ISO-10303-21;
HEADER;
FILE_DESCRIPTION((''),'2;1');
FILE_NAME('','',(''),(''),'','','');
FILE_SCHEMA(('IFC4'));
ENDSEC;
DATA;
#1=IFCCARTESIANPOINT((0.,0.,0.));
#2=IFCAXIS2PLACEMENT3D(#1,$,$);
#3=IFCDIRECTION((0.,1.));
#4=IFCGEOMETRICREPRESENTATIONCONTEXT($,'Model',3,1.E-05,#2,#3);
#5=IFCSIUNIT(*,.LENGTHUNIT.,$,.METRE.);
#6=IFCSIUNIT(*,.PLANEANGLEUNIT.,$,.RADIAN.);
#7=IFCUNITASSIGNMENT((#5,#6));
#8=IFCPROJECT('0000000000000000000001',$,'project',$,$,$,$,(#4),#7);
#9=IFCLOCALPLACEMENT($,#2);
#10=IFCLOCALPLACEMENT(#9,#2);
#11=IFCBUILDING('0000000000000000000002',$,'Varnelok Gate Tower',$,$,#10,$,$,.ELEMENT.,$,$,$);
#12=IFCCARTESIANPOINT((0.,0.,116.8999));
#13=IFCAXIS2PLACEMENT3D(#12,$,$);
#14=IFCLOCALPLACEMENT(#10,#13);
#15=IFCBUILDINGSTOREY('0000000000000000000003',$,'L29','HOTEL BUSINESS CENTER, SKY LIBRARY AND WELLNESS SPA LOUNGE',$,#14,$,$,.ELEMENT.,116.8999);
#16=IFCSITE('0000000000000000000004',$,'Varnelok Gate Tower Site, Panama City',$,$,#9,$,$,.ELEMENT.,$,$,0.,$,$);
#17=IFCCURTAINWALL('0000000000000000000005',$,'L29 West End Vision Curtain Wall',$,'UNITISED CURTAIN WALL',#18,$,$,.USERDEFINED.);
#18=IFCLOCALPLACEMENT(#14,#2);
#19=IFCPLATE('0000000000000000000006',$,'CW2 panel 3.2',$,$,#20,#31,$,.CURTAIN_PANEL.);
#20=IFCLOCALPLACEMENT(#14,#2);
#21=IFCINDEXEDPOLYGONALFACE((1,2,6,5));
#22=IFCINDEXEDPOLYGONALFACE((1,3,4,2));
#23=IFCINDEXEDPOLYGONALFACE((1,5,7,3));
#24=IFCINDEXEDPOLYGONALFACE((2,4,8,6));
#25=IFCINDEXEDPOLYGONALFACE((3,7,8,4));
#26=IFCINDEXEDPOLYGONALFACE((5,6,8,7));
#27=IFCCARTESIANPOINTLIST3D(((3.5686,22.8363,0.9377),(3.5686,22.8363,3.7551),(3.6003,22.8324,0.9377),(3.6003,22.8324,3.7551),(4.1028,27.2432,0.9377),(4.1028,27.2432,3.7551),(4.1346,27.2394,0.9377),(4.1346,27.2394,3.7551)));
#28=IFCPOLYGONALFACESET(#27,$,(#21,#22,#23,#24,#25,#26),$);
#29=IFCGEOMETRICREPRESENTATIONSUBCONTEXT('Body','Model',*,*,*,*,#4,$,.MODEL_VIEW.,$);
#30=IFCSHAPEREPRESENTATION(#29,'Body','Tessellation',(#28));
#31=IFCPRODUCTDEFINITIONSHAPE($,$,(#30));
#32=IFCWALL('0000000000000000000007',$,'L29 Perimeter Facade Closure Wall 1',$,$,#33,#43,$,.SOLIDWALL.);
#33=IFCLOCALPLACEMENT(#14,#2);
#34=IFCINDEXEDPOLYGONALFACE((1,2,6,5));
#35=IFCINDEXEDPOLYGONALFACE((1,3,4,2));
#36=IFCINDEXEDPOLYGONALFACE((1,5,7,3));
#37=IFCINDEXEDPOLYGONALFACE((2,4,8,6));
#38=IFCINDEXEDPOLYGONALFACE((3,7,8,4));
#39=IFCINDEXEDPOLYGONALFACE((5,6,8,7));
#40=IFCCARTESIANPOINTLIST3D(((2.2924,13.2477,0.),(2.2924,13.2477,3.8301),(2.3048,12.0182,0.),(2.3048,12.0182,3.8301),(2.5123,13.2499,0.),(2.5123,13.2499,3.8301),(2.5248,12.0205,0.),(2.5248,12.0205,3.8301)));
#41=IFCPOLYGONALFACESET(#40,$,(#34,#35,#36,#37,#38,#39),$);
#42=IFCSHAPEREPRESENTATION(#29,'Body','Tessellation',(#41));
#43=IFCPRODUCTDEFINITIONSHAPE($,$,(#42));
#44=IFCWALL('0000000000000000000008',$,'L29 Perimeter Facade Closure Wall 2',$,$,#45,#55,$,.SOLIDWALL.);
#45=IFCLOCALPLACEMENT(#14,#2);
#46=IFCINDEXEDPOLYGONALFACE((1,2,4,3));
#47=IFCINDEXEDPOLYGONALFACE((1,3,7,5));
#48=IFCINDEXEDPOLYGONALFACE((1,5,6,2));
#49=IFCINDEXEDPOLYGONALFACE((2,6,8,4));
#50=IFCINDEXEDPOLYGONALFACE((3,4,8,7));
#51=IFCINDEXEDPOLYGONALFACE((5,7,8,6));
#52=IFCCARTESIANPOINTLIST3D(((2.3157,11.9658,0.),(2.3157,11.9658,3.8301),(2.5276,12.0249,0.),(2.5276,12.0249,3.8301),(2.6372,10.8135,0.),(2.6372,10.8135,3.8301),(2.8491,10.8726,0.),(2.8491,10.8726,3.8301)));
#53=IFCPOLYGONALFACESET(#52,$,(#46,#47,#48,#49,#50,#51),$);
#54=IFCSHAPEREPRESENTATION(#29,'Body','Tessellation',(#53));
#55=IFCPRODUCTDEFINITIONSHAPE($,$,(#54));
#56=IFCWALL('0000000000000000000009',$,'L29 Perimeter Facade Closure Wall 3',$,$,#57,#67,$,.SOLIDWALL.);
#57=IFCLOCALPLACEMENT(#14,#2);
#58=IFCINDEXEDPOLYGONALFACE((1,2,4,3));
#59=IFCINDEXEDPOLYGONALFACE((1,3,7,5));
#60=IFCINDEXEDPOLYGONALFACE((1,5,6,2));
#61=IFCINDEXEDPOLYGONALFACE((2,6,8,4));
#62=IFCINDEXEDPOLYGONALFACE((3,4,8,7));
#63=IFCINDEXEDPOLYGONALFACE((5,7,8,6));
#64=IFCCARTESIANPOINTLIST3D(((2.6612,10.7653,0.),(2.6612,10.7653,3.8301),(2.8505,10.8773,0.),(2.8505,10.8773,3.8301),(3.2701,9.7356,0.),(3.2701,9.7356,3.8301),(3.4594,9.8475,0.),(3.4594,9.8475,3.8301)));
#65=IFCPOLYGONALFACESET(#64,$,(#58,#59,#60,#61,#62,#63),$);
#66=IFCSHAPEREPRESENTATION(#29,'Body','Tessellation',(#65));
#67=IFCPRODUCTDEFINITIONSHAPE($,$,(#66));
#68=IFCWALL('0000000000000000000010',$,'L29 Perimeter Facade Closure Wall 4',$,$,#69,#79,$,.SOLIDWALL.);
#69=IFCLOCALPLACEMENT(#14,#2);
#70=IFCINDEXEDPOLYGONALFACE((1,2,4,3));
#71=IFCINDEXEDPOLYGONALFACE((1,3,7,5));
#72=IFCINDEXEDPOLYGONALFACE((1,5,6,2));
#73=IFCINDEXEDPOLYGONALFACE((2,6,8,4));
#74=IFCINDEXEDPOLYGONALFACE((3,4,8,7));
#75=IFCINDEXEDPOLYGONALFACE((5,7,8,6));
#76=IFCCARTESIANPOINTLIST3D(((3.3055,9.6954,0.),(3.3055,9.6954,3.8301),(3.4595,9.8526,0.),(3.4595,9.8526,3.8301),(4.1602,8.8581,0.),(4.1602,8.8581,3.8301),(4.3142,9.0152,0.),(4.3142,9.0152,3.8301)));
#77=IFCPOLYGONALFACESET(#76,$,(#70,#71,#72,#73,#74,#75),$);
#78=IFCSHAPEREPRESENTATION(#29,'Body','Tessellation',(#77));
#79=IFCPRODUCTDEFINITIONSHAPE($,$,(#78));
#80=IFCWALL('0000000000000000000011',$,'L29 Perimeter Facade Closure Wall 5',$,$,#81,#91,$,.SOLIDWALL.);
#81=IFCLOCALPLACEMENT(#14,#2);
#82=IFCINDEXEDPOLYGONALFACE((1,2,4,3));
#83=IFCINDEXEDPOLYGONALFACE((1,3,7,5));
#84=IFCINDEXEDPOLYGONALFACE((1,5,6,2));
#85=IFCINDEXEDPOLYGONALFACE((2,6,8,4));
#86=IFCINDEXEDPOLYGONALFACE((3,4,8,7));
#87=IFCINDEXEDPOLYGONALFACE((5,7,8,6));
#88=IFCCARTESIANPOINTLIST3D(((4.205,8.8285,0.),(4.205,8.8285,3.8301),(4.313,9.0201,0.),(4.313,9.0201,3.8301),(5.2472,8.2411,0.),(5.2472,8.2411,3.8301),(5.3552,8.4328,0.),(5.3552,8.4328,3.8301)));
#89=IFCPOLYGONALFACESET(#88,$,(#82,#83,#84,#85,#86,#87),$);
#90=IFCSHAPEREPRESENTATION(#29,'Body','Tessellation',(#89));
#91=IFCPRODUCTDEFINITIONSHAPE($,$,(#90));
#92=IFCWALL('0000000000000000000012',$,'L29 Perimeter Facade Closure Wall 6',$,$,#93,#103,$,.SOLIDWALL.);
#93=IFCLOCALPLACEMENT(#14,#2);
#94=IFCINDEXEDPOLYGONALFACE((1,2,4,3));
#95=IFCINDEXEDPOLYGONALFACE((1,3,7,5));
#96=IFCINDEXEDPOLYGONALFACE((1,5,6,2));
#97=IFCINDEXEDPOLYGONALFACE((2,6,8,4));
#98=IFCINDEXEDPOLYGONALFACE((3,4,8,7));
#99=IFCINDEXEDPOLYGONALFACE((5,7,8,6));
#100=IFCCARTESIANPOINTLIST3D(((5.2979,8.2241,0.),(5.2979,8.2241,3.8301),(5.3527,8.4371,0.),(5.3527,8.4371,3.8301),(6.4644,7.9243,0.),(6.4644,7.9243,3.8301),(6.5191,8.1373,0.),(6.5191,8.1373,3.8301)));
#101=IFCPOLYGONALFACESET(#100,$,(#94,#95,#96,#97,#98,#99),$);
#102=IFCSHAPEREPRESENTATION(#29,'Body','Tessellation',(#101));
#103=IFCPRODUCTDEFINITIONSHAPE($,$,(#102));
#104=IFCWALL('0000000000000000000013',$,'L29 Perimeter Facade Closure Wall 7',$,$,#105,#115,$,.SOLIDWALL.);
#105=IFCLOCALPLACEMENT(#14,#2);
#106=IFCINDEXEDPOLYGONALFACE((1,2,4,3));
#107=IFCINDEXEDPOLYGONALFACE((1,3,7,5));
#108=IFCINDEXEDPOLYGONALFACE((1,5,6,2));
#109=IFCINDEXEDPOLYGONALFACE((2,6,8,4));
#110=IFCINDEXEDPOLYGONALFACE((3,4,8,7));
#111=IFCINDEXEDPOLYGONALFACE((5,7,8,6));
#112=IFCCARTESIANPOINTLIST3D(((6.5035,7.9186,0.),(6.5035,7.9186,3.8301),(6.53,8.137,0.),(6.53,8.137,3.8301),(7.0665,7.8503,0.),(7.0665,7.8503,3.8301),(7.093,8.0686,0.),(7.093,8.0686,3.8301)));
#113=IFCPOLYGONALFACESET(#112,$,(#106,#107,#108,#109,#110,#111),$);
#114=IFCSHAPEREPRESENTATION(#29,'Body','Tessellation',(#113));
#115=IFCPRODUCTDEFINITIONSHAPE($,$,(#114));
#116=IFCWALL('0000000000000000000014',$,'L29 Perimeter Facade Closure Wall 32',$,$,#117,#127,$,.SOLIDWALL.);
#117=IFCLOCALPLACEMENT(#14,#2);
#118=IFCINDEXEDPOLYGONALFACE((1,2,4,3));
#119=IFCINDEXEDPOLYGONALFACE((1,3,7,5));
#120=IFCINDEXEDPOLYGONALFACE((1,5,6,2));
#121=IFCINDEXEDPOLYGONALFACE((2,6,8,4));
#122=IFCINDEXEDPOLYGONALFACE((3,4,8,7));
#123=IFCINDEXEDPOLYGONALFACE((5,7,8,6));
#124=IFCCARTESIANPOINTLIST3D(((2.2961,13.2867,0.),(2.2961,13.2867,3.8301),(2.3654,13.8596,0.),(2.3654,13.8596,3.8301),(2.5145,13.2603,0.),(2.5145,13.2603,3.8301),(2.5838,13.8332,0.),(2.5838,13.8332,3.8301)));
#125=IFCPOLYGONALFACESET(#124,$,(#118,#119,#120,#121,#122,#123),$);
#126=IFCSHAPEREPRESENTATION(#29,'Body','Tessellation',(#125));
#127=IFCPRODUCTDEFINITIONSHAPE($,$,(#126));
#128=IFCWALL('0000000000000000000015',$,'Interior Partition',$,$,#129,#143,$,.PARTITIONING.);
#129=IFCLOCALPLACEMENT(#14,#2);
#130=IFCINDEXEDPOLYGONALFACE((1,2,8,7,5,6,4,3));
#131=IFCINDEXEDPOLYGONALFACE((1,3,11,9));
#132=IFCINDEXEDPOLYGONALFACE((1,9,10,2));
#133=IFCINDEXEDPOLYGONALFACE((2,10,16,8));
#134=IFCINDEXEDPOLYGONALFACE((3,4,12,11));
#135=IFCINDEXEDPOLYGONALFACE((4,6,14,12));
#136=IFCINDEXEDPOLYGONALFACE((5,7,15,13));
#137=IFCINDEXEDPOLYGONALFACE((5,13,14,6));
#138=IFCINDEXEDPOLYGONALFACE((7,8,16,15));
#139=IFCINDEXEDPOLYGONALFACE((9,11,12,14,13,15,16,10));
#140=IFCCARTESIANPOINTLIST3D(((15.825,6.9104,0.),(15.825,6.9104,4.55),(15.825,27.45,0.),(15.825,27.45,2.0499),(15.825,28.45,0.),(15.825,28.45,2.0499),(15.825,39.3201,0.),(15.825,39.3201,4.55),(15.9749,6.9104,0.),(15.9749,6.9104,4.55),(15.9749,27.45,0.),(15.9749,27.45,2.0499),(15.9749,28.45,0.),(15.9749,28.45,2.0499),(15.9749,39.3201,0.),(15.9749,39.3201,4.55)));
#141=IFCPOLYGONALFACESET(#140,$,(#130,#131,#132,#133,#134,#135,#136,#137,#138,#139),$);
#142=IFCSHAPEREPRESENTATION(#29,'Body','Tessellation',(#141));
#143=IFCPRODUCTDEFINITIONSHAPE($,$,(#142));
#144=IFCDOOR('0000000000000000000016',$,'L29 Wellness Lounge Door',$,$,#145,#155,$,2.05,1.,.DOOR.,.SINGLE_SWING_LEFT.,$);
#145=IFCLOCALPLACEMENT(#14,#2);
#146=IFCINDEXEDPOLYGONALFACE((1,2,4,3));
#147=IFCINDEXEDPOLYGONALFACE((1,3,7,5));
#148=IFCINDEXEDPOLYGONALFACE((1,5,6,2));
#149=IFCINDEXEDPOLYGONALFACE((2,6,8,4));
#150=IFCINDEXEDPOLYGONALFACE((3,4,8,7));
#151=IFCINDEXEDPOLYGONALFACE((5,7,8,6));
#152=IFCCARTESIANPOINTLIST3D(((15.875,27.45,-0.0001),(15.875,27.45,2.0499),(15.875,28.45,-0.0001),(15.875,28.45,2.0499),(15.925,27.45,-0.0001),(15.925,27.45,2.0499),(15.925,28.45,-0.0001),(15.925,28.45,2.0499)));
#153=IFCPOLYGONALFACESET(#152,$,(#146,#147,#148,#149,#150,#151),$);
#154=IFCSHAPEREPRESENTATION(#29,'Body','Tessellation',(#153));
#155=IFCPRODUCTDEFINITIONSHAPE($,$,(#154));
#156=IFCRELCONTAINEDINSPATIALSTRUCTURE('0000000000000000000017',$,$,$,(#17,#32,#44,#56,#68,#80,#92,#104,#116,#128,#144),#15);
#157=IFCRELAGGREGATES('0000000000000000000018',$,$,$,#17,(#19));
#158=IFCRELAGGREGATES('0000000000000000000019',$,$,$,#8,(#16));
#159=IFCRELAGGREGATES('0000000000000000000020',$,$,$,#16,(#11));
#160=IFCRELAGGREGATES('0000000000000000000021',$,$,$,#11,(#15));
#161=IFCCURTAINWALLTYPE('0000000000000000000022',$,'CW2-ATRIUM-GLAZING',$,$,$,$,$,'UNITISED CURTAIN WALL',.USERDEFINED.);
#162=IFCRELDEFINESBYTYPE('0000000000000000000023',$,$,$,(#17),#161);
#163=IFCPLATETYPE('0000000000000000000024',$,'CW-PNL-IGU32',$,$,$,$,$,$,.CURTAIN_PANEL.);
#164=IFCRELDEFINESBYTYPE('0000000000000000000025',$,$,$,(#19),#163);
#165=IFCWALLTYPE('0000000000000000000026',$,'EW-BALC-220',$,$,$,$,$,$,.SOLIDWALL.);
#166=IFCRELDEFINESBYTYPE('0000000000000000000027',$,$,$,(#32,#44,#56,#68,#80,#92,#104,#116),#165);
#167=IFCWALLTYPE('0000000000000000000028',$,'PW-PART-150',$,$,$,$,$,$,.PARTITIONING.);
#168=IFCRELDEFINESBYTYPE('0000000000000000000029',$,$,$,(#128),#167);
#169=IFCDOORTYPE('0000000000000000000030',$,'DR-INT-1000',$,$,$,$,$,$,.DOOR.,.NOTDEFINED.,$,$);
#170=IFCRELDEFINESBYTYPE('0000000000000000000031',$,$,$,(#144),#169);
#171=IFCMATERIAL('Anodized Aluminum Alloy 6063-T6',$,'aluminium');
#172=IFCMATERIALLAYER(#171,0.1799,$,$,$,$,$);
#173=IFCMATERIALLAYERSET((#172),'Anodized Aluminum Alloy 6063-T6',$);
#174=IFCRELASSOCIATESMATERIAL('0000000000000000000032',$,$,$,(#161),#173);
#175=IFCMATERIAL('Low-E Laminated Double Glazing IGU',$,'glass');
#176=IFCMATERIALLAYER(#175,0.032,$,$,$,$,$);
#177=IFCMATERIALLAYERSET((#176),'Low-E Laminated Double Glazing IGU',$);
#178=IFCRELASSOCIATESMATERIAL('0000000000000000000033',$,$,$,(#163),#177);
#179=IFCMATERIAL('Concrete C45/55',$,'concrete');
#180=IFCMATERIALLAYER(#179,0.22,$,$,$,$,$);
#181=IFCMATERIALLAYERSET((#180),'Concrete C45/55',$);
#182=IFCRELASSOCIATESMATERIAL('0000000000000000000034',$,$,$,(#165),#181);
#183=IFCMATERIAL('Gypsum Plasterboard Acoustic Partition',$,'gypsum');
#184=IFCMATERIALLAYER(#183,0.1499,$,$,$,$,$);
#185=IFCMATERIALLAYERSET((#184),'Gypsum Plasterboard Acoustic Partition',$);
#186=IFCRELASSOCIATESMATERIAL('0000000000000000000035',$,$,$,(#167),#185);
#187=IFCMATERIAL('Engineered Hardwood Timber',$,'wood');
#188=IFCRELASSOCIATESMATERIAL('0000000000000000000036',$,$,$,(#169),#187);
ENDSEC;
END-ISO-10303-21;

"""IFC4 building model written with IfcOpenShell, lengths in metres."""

from ifc_helpers import new_model, si_unit, direction, frame, frame_2d, origin, origin_2d, place, context, subcontext, project, spatial, rectangle, extrude, source, transform, mapped, material, layer, layer_set, type_object, element, fill, aggregate, save


model = new_model("IFC4")

# Units and contexts
model_context = context("Model", 3, precision=1e-05, world=origin(), true_north=direction((0.0, 1.0)))
body_context = subcontext(model_context, "Body", "Model", "MODEL_VIEW")
ifc_project = project(units=[si_unit("LENGTHUNIT", "METRE"), si_unit("PLANEANGLEUNIT", "RADIAN")], contexts=[model_context])

# Site, building, storey
site_placement = place(None, origin())
site = spatial("IfcSite", under=ifc_project, at=site_placement, Name="Varnelok Gate Tower Site, Panama City", CompositionType="ELEMENT", RefElevation=0.0)
building_placement = place(site_placement, origin())
building = spatial("IfcBuilding", under=site, at=building_placement, Name="Varnelok Gate Tower", CompositionType="ELEMENT")
storey_placement = place(building_placement, frame((0.0, 0.0, 116.8999)))
storey = spatial("IfcBuildingStorey", under=building, at=storey_placement, Name="L29", Description="HOTEL BUSINESS CENTER, SKY LIBRARY AND WELLNESS SPA LOUNGE", CompositionType="ELEMENT", Elevation=116.8999)

# Curtain wall
ifc_material_1 = material(Name="Anodized Aluminum Alloy 6063-T6", Category="aluminium")
ifc_layer_1 = layer(ifc_material_1, 0.1799)
ifc_layer_set_1 = layer_set([ifc_layer_1], Name="Anodized Aluminum Alloy 6063-T6")
curtain_wall_type = type_object("IfcCurtainWallType", Name="CW2-ATRIUM-GLAZING", ElementType="UNITISED CURTAIN WALL", PredefinedType="USERDEFINED", material=ifc_layer_set_1)
curtain_wall_placement = place(storey_placement, origin())
curtain_wall = element("IfcCurtainWall", 1, at=curtain_wall_placement, inside=storey, type_object=curtain_wall_type, Name="L29 West End Vision Curtain Wall", ObjectType="UNITISED CURTAIN WALL", PredefinedType="USERDEFINED")

# Shared definitions
ifc_material_2 = material(Name="Concrete C45/55", Category="concrete")

# Plate
ifc_material_3 = material(Name="Low-E Laminated Double Glazing IGU", Category="glass")
ifc_layer_2 = layer(ifc_material_3, 0.032)
ifc_layer_set_2 = layer_set([ifc_layer_2], Name="Low-E Laminated Double Glazing IGU")
plate_type = type_object("IfcPlateType", Name="CW-PNL-IGU32", PredefinedType="CURTAIN_PANEL", material=ifc_layer_set_2)
shared_shape_1 = source(origin(), body_context, "Body", "SweptSolid", [
    extrude(rectangle(XDim=4.4392, YDim=0.032, at=origin_2d()), origin(), (0.0, 0.0, 1.0), 2.8174),
])
plate_1_placement = place(storey_placement, frame((3.8516, 25.0378, 0.9377), z_axis=(0.0, 0.0, 1.0), x_axis=(0.120345, 0.992732, 0.0)))
plate_1 = element("IfcPlate", 2, at=plate_1_placement, type_object=plate_type, Name="CW2 panel 3.2", PredefinedType="CURTAIN_PANEL", context=body_context, shape_type="MappedRepresentation", body=[
    mapped(shared_shape_1, transform((0.0, 0.0, 0.0), scale=1.0)),
])
aggregate(curtain_wall, [plate_1])

# Walls
ifc_layer_3 = layer(ifc_material_2, 0.22)
ifc_layer_set_3 = layer_set([ifc_layer_3], Name="Concrete C45/55")
wall_type_1 = type_object("IfcWallType", Name="EW-BALC-220", PredefinedType="SOLIDWALL", material=ifc_layer_set_3)
wall_1_placement = place(storey_placement, frame((2.4023, 13.2488, 0.0), z_axis=(0.0, 0.0, 1.0), x_axis=(0.010127, -0.999949, 0.0)))
element("IfcWall", 3, at=wall_1_placement, inside=storey, type_object=wall_type_1, Name="L29 Perimeter Facade Closure Wall 1", PredefinedType="SOLIDWALL", context=body_context, shape_type="SweptSolid", body=[
    extrude(rectangle(XDim=1.2295, YDim=0.22, at=frame_2d((0.6147, 0.0))), origin(), (0.0, 0.0, 1.0), 3.8301),
])
for number, where, z_axis, x_axis, name in (
    (4, (2.4216, 11.9954, 0.0), (0.0, 0.0, 1.0), (0.268759, -0.963207, 0.0), "L29 Perimeter Facade Closure Wall 2"),
    (5, (2.7559, 10.8213, 0.0), (0.0, 0.0, 1.0), (0.508963, -0.860788, 0.0), "L29 Perimeter Facade Closure Wall 3"),
):
    element("IfcWall", number, at=place(storey_placement, frame(where, z_axis=z_axis, x_axis=x_axis)), inside=storey, type_object=wall_type_1, Name=name, PredefinedType="SOLIDWALL", context=body_context, shape_type="SweptSolid", body=[
        extrude(rectangle(XDim=1.1963, YDim=0.22, at=frame_2d((0.5981, 0.0))), origin(), (0.0, 0.0, 1.0), 3.8301),
    ])
wall_2_placement = place(storey_placement, frame((3.3826, 9.7739, 0.0), z_axis=(0.0, 0.0, 1.0), x_axis=(0.714313, -0.699827, 0.0)))
element("IfcWall", 6, at=wall_2_placement, inside=storey, type_object=wall_type_1, Name="L29 Perimeter Facade Closure Wall 4", PredefinedType="SOLIDWALL", context=body_context, shape_type="SweptSolid", body=[
    extrude(rectangle(XDim=1.1965, YDim=0.22, at=frame_2d((0.5981, 0.0))), origin(), (0.0, 0.0, 1.0), 3.8301),
])
wall_3_placement = place(storey_placement, frame((4.259, 8.9243, 0.0), z_axis=(0.0, 0.0, 1.0), x_axis=(0.871166, -0.490988, 0.0)))
element("IfcWall", 7, at=wall_3_placement, inside=storey, type_object=wall_type_1, Name="L29 Perimeter Facade Closure Wall 5", PredefinedType="SOLIDWALL", context=body_context, shape_type="SweptSolid", body=[
    extrude(rectangle(XDim=1.1963, YDim=0.22, at=frame_2d((0.5981, 0.0))), origin(), (0.0, 0.0, 1.0), 3.8301),
])
wall_4_placement = place(storey_placement, frame((5.3254, 8.3306, 0.0), z_axis=(0.0, 0.0, 1.0), x_axis=(0.968524, -0.248922, 0.0)))
element("IfcWall", 8, at=wall_4_placement, inside=storey, type_object=wall_type_1, Name="L29 Perimeter Facade Closure Wall 6", PredefinedType="SOLIDWALL", context=body_context, shape_type="SweptSolid", body=[
    extrude(rectangle(XDim=1.2043, YDim=0.22, at=frame_2d((0.6021, 0.0))), origin(), (0.0, 0.0, 1.0), 3.8301),
])
wall_5_placement = place(storey_placement, frame((6.5166, 8.0278, 0.0), z_axis=(0.0, 0.0, 1.0), x_axis=(0.992709, -0.120537, 0.0)))
element("IfcWall", 9, at=wall_5_placement, inside=storey, type_object=wall_type_1, Name="L29 Perimeter Facade Closure Wall 7", PredefinedType="SOLIDWALL", context=body_context, shape_type="SweptSolid", body=[
    extrude(rectangle(XDim=0.5671, YDim=0.22, at=frame_2d((0.2837, 0.0))), origin(), (0.0, 0.0, 1.0), 3.8301),
])
wall_6_placement = place(storey_placement, frame((2.4746, 13.8464, 0.0), z_axis=(0.0, 0.0, 1.0), x_axis=(-0.120129, -0.992758, 0.0)))
element("IfcWall", 10, at=wall_6_placement, inside=storey, type_object=wall_type_1, Name="L29 Perimeter Facade Closure Wall 32", PredefinedType="SOLIDWALL", context=body_context, shape_type="SweptSolid", body=[
    extrude(rectangle(XDim=0.5771, YDim=0.22, at=frame_2d((0.2886, 0.0))), origin(), (0.0, 0.0, 1.0), 3.8301),
])

# Wall, opening, door
ifc_material_4 = material(Name="Gypsum Plasterboard Acoustic Partition", Category="gypsum")
ifc_layer_4 = layer(ifc_material_4, 0.1499)
ifc_layer_set_4 = layer_set([ifc_layer_4], Name="Gypsum Plasterboard Acoustic Partition")
wall_type_2 = type_object("IfcWallType", Name="PW-PART-150", PredefinedType="PARTITIONING", material=ifc_layer_set_4)
wall_7_placement = place(storey_placement, frame((15.8999, 6.9104, 0.0), z_axis=(0.0, 0.0, 1.0), x_axis=(0.0, 1.0, 0.0)))
wall_7 = element("IfcWall", 11, at=wall_7_placement, inside=storey, type_object=wall_type_2, Name="Interior Partition", PredefinedType="PARTITIONING", context=body_context, shape_type="SweptSolid", body=[
    extrude(rectangle(XDim=32.4097, YDim=0.1499, at=frame_2d((16.2048, 0.0))), origin(), (0.0, 0.0, 1.0), 4.55),
])
opening_placement = place(wall_7_placement, frame((20.5396, 0.0, 0.0)))
opening = element("IfcOpeningElement", 12, at=opening_placement, cuts=wall_7, PredefinedType="OPENING", context=body_context, shape_type="SweptSolid", body=[
    extrude(rectangle(XDim=1.0, YDim=2.05, at=frame_2d((0.5, 1.0249))), frame((0.0, 0.085, 0.0), z_axis=(0.0, -1.0, 0.0), x_axis=(1.0, 0.0, 0.0)), (0.0, 0.0, 1.0), 0.1699),
])
ifc_material_5 = material(Name="Engineered Hardwood Timber", Category="wood")
door_type = type_object("IfcDoorType", Name="DR-INT-1000", OperationType="NOTDEFINED", PredefinedType="DOOR", material=ifc_material_5)
door_placement = place(opening_placement, origin())
door = element("IfcDoor", 13, at=door_placement, inside=storey, type_object=door_type, Name="L29 Wellness Lounge Door", OperationType="SINGLE_SWING_LEFT", OverallHeight=2.05, OverallWidth=1.0, PredefinedType="DOOR", context=body_context, shape_type="SweptSolid", body=[
    extrude(rectangle(XDim=1.0, YDim=2.05, at=frame_2d((0.5, 1.0249))), frame((0.0, 0.0249, 0.0), z_axis=(0.0, -1.0, 0.0), x_axis=(1.0, 0.0, 0.0)), (0.0, 0.0, 1.0), 0.05),
])
fill(opening, door)

save(model, "model.ifc")
